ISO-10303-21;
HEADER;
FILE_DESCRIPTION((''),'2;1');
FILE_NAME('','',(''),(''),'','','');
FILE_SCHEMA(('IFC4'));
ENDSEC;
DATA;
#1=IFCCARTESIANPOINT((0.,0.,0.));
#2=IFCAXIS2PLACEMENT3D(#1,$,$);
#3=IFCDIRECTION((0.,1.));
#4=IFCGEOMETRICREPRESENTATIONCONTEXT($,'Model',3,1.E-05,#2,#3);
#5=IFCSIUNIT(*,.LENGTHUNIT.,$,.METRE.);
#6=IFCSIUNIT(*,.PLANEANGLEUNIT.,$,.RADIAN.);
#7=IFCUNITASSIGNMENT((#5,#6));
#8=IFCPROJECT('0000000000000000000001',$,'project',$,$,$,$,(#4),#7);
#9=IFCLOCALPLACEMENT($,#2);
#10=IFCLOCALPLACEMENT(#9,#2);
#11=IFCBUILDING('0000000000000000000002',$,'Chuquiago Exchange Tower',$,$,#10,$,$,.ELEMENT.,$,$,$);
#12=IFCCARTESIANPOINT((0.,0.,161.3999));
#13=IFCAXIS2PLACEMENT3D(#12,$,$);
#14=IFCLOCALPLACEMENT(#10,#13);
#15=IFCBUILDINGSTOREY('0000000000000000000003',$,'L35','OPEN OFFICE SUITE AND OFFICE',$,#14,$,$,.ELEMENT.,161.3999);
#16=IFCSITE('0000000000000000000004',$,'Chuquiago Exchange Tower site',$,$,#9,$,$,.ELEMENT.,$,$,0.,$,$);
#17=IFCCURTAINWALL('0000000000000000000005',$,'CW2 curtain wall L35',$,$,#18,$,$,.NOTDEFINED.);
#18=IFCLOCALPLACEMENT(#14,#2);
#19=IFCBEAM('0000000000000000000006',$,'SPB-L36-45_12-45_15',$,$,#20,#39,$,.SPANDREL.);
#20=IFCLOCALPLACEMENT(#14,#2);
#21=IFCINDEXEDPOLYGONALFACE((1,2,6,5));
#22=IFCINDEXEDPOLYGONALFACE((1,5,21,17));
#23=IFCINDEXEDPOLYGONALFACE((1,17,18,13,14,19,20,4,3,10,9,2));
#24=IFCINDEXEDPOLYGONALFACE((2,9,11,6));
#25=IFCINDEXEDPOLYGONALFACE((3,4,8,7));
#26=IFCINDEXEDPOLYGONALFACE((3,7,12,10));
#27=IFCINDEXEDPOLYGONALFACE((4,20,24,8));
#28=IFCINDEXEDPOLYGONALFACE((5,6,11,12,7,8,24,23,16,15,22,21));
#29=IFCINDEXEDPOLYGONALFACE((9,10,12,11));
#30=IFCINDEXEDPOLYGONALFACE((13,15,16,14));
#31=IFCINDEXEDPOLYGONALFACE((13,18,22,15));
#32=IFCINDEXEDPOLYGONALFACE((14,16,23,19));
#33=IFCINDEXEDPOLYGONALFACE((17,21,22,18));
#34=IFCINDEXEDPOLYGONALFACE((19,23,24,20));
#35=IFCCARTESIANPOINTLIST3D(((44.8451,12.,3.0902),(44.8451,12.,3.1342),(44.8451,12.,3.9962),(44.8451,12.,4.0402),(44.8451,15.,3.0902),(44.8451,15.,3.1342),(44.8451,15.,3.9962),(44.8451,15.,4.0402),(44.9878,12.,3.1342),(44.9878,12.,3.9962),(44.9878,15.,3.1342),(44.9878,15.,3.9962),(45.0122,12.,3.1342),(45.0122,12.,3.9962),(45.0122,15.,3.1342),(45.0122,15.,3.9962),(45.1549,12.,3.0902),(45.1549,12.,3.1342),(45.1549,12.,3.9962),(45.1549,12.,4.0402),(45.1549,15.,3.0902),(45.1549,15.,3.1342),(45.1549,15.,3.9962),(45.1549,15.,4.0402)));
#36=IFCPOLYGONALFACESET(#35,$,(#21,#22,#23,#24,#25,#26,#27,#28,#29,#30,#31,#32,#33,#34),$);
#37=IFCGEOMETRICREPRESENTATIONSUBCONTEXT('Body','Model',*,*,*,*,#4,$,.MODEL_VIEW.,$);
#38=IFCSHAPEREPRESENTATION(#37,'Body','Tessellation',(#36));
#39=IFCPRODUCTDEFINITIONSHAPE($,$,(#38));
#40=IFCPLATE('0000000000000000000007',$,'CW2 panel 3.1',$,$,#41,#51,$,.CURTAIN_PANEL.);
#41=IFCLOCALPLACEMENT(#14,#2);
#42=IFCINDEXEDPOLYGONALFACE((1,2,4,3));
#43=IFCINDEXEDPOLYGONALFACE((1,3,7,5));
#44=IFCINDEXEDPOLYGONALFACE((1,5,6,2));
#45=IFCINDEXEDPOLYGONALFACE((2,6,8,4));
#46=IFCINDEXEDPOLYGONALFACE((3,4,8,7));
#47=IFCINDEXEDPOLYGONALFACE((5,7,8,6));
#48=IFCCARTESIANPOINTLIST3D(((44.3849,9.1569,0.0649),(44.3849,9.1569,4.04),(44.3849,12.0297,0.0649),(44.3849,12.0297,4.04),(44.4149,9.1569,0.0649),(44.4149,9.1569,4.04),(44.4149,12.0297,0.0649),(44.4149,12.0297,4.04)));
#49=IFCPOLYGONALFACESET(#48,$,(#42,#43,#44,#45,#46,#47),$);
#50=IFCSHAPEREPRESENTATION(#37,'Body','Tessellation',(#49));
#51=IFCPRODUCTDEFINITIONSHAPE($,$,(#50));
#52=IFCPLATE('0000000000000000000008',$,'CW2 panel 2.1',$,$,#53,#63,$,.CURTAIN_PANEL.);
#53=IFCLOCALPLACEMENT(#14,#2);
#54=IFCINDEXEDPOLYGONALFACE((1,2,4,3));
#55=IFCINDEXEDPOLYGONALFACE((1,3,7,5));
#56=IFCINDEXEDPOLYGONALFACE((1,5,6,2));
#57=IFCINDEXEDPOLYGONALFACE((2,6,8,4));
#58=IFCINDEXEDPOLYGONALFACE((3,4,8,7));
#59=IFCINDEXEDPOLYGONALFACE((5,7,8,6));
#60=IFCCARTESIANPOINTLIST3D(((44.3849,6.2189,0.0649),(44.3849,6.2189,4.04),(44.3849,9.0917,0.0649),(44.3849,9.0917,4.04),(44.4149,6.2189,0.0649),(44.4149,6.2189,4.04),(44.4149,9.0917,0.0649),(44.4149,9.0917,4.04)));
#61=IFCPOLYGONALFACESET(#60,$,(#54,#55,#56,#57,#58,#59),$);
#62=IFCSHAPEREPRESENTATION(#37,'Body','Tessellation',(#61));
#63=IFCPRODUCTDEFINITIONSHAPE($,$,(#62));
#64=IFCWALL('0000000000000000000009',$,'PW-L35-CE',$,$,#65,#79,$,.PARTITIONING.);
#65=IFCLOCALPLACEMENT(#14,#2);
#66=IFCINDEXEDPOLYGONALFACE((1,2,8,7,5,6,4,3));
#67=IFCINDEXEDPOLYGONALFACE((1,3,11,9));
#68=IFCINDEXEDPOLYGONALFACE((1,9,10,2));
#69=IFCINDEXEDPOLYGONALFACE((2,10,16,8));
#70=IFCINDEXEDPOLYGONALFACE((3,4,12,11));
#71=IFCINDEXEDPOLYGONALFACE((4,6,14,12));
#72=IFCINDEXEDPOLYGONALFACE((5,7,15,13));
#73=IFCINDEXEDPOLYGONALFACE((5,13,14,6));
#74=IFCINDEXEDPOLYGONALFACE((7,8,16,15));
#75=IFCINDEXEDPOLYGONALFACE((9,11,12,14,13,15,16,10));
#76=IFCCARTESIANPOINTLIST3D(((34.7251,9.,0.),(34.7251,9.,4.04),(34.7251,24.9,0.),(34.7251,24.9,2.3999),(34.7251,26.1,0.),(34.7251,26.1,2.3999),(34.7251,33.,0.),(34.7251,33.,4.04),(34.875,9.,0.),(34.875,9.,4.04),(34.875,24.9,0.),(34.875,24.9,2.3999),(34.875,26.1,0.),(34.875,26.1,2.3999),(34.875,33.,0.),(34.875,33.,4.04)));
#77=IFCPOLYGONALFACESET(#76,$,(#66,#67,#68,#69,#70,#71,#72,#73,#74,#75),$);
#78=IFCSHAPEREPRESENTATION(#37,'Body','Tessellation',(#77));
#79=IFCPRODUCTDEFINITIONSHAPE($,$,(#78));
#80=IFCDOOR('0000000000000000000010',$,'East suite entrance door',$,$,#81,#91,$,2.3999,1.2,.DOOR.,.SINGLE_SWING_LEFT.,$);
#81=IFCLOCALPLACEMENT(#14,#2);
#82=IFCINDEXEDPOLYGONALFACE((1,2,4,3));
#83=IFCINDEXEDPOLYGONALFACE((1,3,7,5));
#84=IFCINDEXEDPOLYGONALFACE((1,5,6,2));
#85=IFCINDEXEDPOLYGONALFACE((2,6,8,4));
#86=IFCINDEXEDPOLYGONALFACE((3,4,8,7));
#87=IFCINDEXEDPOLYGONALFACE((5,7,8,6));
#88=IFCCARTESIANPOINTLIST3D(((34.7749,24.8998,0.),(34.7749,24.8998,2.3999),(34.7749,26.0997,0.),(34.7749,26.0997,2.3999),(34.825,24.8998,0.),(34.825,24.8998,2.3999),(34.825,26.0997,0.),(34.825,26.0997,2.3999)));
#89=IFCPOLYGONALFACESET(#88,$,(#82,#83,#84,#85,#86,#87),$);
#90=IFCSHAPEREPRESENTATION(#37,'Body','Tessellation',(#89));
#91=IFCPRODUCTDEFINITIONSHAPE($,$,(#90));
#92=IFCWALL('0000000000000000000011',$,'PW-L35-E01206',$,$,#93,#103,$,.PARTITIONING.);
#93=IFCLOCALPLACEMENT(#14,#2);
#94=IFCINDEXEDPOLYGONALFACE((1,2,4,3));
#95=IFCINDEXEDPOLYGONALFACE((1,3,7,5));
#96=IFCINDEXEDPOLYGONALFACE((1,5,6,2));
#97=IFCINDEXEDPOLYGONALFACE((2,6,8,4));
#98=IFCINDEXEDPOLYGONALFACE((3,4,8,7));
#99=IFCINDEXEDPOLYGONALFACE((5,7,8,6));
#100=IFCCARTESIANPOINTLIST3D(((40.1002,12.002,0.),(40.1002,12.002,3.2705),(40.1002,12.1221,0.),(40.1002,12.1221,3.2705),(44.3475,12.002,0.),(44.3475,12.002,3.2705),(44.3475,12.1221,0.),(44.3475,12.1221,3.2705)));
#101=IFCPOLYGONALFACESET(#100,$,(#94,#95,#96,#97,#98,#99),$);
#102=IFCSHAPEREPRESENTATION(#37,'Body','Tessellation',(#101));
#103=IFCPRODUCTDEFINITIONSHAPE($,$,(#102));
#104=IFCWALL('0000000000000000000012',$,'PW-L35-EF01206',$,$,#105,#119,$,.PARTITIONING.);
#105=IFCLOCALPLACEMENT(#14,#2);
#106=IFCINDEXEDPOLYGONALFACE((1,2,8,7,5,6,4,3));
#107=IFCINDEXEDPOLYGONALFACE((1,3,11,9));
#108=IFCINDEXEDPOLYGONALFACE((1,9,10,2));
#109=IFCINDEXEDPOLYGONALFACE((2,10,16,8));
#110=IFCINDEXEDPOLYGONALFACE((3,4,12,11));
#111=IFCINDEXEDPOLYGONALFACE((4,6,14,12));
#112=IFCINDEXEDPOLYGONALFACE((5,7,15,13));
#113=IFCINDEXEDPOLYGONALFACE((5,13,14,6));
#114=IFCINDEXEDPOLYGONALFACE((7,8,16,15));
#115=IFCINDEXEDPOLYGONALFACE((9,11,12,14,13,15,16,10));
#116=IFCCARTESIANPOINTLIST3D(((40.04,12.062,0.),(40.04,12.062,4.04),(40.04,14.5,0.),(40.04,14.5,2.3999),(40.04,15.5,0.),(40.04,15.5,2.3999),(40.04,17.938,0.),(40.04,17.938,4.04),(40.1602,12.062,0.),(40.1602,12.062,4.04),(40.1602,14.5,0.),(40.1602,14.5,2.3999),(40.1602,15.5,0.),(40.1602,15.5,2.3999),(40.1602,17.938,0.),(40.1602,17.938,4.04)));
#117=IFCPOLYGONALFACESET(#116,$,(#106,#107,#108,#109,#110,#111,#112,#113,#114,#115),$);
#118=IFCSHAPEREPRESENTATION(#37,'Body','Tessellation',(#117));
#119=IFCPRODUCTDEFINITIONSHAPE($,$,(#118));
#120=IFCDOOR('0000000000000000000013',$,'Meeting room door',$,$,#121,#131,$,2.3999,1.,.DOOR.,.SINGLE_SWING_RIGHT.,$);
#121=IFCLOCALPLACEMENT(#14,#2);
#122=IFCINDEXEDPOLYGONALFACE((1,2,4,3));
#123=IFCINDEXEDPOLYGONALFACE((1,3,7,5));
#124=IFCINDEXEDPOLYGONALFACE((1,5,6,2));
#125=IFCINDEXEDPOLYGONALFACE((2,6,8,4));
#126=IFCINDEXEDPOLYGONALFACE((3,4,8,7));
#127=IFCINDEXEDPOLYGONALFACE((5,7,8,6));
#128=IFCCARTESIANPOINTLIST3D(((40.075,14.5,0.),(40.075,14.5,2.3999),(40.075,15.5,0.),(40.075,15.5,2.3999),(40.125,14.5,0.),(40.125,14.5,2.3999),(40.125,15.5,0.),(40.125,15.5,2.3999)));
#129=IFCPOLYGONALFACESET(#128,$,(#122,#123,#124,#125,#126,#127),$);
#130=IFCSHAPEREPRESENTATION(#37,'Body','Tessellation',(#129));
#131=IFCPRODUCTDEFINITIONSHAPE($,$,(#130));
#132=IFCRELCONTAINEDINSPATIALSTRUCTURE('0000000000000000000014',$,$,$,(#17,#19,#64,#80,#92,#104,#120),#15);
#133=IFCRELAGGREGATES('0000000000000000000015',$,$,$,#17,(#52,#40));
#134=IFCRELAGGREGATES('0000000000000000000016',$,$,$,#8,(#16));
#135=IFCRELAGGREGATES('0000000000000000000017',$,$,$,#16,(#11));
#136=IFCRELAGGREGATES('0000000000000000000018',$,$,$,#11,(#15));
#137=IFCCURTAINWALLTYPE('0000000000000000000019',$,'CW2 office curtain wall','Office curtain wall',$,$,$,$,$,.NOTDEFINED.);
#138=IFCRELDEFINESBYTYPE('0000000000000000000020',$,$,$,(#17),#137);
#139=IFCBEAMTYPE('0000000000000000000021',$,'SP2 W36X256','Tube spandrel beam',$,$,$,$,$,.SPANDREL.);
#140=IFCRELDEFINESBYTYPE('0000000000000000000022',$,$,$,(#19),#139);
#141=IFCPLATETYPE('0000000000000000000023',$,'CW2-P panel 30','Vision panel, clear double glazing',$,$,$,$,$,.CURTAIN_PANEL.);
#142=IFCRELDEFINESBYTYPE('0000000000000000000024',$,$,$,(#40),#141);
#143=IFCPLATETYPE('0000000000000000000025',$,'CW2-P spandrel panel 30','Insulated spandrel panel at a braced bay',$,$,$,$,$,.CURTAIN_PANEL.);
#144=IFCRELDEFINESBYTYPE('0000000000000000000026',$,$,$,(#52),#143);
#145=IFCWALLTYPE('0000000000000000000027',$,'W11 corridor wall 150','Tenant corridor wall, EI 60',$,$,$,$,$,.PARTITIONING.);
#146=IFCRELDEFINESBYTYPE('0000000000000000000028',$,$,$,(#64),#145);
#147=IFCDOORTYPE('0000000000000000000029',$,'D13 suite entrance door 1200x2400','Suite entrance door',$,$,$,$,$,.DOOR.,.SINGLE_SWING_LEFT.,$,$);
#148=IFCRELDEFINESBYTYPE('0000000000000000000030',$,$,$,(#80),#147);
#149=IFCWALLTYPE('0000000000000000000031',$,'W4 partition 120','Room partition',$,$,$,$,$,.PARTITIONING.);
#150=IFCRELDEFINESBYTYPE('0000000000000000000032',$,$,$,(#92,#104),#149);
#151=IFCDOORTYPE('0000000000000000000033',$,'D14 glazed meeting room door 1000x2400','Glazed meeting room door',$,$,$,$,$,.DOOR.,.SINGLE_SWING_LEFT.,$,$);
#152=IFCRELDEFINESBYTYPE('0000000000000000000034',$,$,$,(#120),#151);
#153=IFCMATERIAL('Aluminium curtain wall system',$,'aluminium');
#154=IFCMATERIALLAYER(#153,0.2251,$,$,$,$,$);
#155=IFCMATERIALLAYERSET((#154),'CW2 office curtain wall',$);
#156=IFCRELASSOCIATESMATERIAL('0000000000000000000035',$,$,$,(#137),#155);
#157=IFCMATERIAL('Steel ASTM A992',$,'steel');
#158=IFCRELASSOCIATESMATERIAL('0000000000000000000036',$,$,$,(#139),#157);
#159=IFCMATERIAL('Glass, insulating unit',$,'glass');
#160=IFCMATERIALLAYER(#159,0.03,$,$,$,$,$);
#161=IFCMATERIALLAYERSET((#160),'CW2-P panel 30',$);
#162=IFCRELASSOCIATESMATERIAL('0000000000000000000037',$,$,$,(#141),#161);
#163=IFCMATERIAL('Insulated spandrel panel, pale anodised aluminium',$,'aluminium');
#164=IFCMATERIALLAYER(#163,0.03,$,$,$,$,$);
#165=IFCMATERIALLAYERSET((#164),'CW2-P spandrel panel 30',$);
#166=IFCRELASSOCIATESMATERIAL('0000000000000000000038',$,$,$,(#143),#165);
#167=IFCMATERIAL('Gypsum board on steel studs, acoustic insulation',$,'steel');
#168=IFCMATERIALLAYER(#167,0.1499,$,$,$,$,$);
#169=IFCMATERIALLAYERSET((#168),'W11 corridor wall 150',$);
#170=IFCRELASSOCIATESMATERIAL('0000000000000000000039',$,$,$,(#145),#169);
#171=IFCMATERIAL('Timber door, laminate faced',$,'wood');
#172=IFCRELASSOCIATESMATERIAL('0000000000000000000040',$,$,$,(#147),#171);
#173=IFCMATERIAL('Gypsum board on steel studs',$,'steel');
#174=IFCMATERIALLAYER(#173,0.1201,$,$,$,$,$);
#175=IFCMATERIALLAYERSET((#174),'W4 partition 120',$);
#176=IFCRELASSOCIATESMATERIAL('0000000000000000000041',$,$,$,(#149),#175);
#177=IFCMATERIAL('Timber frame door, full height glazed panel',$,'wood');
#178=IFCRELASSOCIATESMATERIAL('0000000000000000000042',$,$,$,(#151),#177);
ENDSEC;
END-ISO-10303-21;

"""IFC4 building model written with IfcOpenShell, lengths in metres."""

from ifc_helpers import new_model, si_unit, direction, frame, frame_2d, origin, origin_2d, place, context, subcontext, project, spatial, rectangle, i_section, extrude, material, layer, layer_set, material_profile, profile_set, type_object, element, fill, aggregate, save


model = new_model("IFC4")

# Units and contexts
model_context = context("Model", 3, precision=1e-05, world=origin(), true_north=direction((0.0, 1.0)))
body_context = subcontext(model_context, "Body", "Model", "MODEL_VIEW")
ifc_project = project(units=[si_unit("LENGTHUNIT", "METRE"), si_unit("PLANEANGLEUNIT", "RADIAN")], contexts=[model_context])

# Site, building, storey
site_placement = place(None, origin())
site = spatial("IfcSite", under=ifc_project, at=site_placement, Name="Chuquiago Exchange Tower site", CompositionType="ELEMENT", RefElevation=0.0)
building_placement = place(site_placement, origin())
building = spatial("IfcBuilding", under=site, at=building_placement, Name="Chuquiago Exchange Tower", CompositionType="ELEMENT")
storey_placement = place(building_placement, frame((0.0, 0.0, 161.3999)))
storey = spatial("IfcBuildingStorey", under=building, at=storey_placement, Name="L35", Description="OPEN OFFICE SUITE AND OFFICE", CompositionType="ELEMENT", Elevation=161.3999)

# Curtain wall
ifc_material_1 = material(Name="Aluminium curtain wall system", Category="aluminium")
ifc_layer_1 = layer(ifc_material_1, 0.2251)
ifc_layer_set_1 = layer_set([ifc_layer_1], Name="CW2 office curtain wall")
curtain_wall_type = type_object("IfcCurtainWallType", Name="CW2 office curtain wall", Description="Office curtain wall", PredefinedType="NOTDEFINED", material=ifc_layer_set_1)
curtain_wall_placement = place(storey_placement, origin())
curtain_wall = element("IfcCurtainWall", 1, at=curtain_wall_placement, inside=storey, type_object=curtain_wall_type, Name="CW2 curtain wall L35", PredefinedType="NOTDEFINED")

# Beam
ifc_material_2 = material(Name="Steel ASTM A992", Category="steel")
ifc_material_profile_1 = material_profile(ifc_material_2, i_section(OverallWidth=0.3098, OverallDepth=0.95, WebThickness=0.0244, FlangeThickness=0.0439, at=origin_2d()), Name="W36X256")
ifc_profile_set_1 = profile_set([ifc_material_profile_1], Name="Steel ASTM A992")
beam_type = type_object("IfcBeamType", Name="SP2 W36X256", Description="Tube spandrel beam", PredefinedType="SPANDREL", material=ifc_profile_set_1)
for number, where, z_axis, x_axis, name in (
    (2, (45.0, 12.0, 3.5652), (0.0, 1.0, 0.0), (-1.0, 0.0, 0.0), "SPB-L36-45_12-45_15"),
):
    element("IfcBeam", number, at=place(storey_placement, frame(where, z_axis=z_axis, x_axis=x_axis)), inside=storey, type_object=beam_type, Name=name, PredefinedType="SPANDREL", context=body_context, shape_type="SweptSolid", body=[
        extrude(i_section(OverallWidth=0.3098, OverallDepth=0.95, WebThickness=0.0244, FlangeThickness=0.0439, at=origin_2d()), origin(), (0.0, 0.0, 1.0), 3.0),
    ])

# Plates
ifc_material_3 = material(Name="Glass, insulating unit", Category="glass")
ifc_layer_2 = layer(ifc_material_3, 0.03)
ifc_layer_set_2 = layer_set([ifc_layer_2], Name="CW2-P panel 30")
plate_type_1 = type_object("IfcPlateType", Name="CW2-P panel 30", Description="Vision panel, clear double glazing", PredefinedType="CURTAIN_PANEL", material=ifc_layer_set_2)
plate_1_placement = place(storey_placement, frame((44.3999, 10.5933, 0.0649), z_axis=(0.0, 0.0, 1.0), x_axis=(0.0, 1.0, 0.0)))
plate_1 = element("IfcPlate", 3, at=plate_1_placement, type_object=plate_type_1, Name="CW2 panel 3.1", PredefinedType="CURTAIN_PANEL", context=body_context, shape_type="SweptSolid", body=[
    extrude(rectangle(XDim=2.8728, YDim=0.03, at=origin_2d()), origin(), (0.0, 0.0, 1.0), 3.9751),
])
ifc_material_4 = material(Name="Insulated spandrel panel, pale anodised aluminium", Category="aluminium")
ifc_layer_3 = layer(ifc_material_4, 0.03)
ifc_layer_set_3 = layer_set([ifc_layer_3], Name="CW2-P spandrel panel 30")
plate_type_2 = type_object("IfcPlateType", Name="CW2-P spandrel panel 30", Description="Insulated spandrel panel at a braced bay", PredefinedType="CURTAIN_PANEL", material=ifc_layer_set_3)
plate_2_placement = place(storey_placement, frame((44.3999, 7.6553, 0.0649), z_axis=(0.0, 0.0, 1.0), x_axis=(0.0, 1.0, 0.0)))
plate_2 = element("IfcPlate", 4, at=plate_2_placement, type_object=plate_type_2, Name="CW2 panel 2.1", PredefinedType="CURTAIN_PANEL", context=body_context, shape_type="SweptSolid", body=[
    extrude(rectangle(XDim=2.8728, YDim=0.03, at=origin_2d()), origin(), (0.0, 0.0, 1.0), 3.9751),
])
aggregate(curtain_wall, [plate_2, plate_1])

# Wall, opening, door
ifc_material_5 = material(Name="Gypsum board on steel studs, acoustic insulation", Category="steel")
ifc_layer_4 = layer(ifc_material_5, 0.1499)
ifc_layer_set_4 = layer_set([ifc_layer_4], Name="W11 corridor wall 150")
wall_type_1 = type_object("IfcWallType", Name="W11 corridor wall 150", Description="Tenant corridor wall, EI 60", PredefinedType="PARTITIONING", material=ifc_layer_set_4)
wall_1_placement = place(storey_placement, frame((34.8, 9.0, 0.0), z_axis=(0.0, 0.0, 1.0), x_axis=(0.0, 1.0, 0.0)))
wall_1 = element("IfcWall", 5, at=wall_1_placement, inside=storey, type_object=wall_type_1, Name="PW-L35-CE", PredefinedType="PARTITIONING", context=body_context, shape_type="SweptSolid", body=[
    extrude(rectangle(XDim=24.0, YDim=0.1499, at=frame_2d((12.0, 0.0))), origin(), (0.0, 0.0, 1.0), 4.04),
])
opening_1_placement = place(wall_1_placement, frame((15.8999, 0.0, 0.0)))
opening_1 = element("IfcOpeningElement", 6, at=opening_1_placement, cuts=wall_1, PredefinedType="OPENING", context=body_context, shape_type="SweptSolid", body=[
    extrude(rectangle(XDim=1.2, YDim=2.3999, at=frame_2d((0.6001, 1.2))), frame((0.0, 0.085, 0.0), z_axis=(0.0, -1.0, 0.0), x_axis=(1.0, 0.0, 0.0)), (0.0, 0.0, 1.0), 0.1699),
])
ifc_material_6 = material(Name="Timber door, laminate faced", Category="wood")
door_type_1 = type_object("IfcDoorType", Name="D13 suite entrance door 1200x2400", Description="Suite entrance door", OperationType="SINGLE_SWING_LEFT", PredefinedType="DOOR", material=ifc_material_6)
door_1_placement = place(opening_1_placement, frame((1.2, 0.0, 0.0), z_axis=(0.0, 0.0, 1.0), x_axis=(-1.0, 0.0, 0.0)))
door_1 = element("IfcDoor", 7, at=door_1_placement, inside=storey, type_object=door_type_1, Name="East suite entrance door", OperationType="SINGLE_SWING_LEFT", OverallHeight=2.3999, OverallWidth=1.2, PredefinedType="DOOR", context=body_context, shape_type="SweptSolid", body=[
    extrude(rectangle(XDim=1.2, YDim=2.3999, at=frame_2d((0.6001, 1.2))), frame((0.0, 0.0249, 0.0), z_axis=(0.0, -1.0, 0.0), x_axis=(1.0, 0.0, 0.0)), (0.0, 0.0, 1.0), 0.05),
])
fill(opening_1, door_1)

# Wall
ifc_material_7 = material(Name="Gypsum board on steel studs", Category="steel")
ifc_layer_5 = layer(ifc_material_7, 0.1201)
ifc_layer_set_5 = layer_set([ifc_layer_5], Name="W4 partition 120")
wall_type_2 = type_object("IfcWallType", Name="W4 partition 120", Description="Room partition", PredefinedType="PARTITIONING", material=ifc_layer_set_5)
wall_2_placement = place(storey_placement, frame((44.3474, 12.062, 0.0), z_axis=(0.0, 0.0, 1.0), x_axis=(-1.0, 0.0, 0.0)))
element("IfcWall", 8, at=wall_2_placement, inside=storey, type_object=wall_type_2, Name="PW-L35-E01206", PredefinedType="PARTITIONING", context=body_context, shape_type="SweptSolid", body=[
    extrude(rectangle(XDim=4.2473, YDim=0.1201, at=frame_2d((2.1235, 0.0))), origin(), (0.0, 0.0, 1.0), 3.2705),
])

# Wall, opening, door
wall_3_placement = place(storey_placement, frame((40.1001, 12.062, 0.0), z_axis=(0.0, 0.0, 1.0), x_axis=(0.0, 1.0, 0.0)))
wall_3 = element("IfcWall", 9, at=wall_3_placement, inside=storey, type_object=wall_type_2, Name="PW-L35-EF01206", PredefinedType="PARTITIONING", context=body_context, shape_type="SweptSolid", body=[
    extrude(rectangle(XDim=5.876, YDim=0.1201, at=frame_2d((2.938, 0.0))), origin(), (0.0, 0.0, 1.0), 4.04),
])
opening_2_placement = place(wall_3_placement, frame((2.438, 0.0, 0.0)))
opening_2 = element("IfcOpeningElement", 10, at=opening_2_placement, cuts=wall_3, PredefinedType="OPENING", context=body_context, shape_type="SweptSolid", body=[
    extrude(rectangle(XDim=1.0, YDim=2.3999, at=frame_2d((0.5, 1.2))), frame((0.0, 0.0701, 0.0), z_axis=(0.0, -1.0, 0.0), x_axis=(1.0, 0.0, 0.0)), (0.0, 0.0, 1.0), 0.1401),
])
ifc_material_8 = material(Name="Timber frame door, full height glazed panel", Category="wood")
door_type_2 = type_object("IfcDoorType", Name="D14 glazed meeting room door 1000x2400", Description="Glazed meeting room door", OperationType="SINGLE_SWING_LEFT", PredefinedType="DOOR", material=ifc_material_8)
door_2_placement = place(opening_2_placement, frame((1.0, 0.0, 0.0), z_axis=(0.0, 0.0, 1.0), x_axis=(-1.0, 0.0, 0.0)))
door_2 = element("IfcDoor", 11, at=door_2_placement, inside=storey, type_object=door_type_2, Name="Meeting room door", OperationType="SINGLE_SWING_RIGHT", OverallHeight=2.3999, OverallWidth=1.0, PredefinedType="DOOR", context=body_context, shape_type="SweptSolid", body=[
    extrude(rectangle(XDim=1.0, YDim=2.3999, at=frame_2d((0.5, 1.2))), frame((0.0, 0.0249, 0.0), z_axis=(0.0, -1.0, 0.0), x_axis=(1.0, 0.0, 0.0)), (0.0, 0.0, 1.0), 0.05),
])
fill(opening_2, door_2)

save(model, "model.ifc")
